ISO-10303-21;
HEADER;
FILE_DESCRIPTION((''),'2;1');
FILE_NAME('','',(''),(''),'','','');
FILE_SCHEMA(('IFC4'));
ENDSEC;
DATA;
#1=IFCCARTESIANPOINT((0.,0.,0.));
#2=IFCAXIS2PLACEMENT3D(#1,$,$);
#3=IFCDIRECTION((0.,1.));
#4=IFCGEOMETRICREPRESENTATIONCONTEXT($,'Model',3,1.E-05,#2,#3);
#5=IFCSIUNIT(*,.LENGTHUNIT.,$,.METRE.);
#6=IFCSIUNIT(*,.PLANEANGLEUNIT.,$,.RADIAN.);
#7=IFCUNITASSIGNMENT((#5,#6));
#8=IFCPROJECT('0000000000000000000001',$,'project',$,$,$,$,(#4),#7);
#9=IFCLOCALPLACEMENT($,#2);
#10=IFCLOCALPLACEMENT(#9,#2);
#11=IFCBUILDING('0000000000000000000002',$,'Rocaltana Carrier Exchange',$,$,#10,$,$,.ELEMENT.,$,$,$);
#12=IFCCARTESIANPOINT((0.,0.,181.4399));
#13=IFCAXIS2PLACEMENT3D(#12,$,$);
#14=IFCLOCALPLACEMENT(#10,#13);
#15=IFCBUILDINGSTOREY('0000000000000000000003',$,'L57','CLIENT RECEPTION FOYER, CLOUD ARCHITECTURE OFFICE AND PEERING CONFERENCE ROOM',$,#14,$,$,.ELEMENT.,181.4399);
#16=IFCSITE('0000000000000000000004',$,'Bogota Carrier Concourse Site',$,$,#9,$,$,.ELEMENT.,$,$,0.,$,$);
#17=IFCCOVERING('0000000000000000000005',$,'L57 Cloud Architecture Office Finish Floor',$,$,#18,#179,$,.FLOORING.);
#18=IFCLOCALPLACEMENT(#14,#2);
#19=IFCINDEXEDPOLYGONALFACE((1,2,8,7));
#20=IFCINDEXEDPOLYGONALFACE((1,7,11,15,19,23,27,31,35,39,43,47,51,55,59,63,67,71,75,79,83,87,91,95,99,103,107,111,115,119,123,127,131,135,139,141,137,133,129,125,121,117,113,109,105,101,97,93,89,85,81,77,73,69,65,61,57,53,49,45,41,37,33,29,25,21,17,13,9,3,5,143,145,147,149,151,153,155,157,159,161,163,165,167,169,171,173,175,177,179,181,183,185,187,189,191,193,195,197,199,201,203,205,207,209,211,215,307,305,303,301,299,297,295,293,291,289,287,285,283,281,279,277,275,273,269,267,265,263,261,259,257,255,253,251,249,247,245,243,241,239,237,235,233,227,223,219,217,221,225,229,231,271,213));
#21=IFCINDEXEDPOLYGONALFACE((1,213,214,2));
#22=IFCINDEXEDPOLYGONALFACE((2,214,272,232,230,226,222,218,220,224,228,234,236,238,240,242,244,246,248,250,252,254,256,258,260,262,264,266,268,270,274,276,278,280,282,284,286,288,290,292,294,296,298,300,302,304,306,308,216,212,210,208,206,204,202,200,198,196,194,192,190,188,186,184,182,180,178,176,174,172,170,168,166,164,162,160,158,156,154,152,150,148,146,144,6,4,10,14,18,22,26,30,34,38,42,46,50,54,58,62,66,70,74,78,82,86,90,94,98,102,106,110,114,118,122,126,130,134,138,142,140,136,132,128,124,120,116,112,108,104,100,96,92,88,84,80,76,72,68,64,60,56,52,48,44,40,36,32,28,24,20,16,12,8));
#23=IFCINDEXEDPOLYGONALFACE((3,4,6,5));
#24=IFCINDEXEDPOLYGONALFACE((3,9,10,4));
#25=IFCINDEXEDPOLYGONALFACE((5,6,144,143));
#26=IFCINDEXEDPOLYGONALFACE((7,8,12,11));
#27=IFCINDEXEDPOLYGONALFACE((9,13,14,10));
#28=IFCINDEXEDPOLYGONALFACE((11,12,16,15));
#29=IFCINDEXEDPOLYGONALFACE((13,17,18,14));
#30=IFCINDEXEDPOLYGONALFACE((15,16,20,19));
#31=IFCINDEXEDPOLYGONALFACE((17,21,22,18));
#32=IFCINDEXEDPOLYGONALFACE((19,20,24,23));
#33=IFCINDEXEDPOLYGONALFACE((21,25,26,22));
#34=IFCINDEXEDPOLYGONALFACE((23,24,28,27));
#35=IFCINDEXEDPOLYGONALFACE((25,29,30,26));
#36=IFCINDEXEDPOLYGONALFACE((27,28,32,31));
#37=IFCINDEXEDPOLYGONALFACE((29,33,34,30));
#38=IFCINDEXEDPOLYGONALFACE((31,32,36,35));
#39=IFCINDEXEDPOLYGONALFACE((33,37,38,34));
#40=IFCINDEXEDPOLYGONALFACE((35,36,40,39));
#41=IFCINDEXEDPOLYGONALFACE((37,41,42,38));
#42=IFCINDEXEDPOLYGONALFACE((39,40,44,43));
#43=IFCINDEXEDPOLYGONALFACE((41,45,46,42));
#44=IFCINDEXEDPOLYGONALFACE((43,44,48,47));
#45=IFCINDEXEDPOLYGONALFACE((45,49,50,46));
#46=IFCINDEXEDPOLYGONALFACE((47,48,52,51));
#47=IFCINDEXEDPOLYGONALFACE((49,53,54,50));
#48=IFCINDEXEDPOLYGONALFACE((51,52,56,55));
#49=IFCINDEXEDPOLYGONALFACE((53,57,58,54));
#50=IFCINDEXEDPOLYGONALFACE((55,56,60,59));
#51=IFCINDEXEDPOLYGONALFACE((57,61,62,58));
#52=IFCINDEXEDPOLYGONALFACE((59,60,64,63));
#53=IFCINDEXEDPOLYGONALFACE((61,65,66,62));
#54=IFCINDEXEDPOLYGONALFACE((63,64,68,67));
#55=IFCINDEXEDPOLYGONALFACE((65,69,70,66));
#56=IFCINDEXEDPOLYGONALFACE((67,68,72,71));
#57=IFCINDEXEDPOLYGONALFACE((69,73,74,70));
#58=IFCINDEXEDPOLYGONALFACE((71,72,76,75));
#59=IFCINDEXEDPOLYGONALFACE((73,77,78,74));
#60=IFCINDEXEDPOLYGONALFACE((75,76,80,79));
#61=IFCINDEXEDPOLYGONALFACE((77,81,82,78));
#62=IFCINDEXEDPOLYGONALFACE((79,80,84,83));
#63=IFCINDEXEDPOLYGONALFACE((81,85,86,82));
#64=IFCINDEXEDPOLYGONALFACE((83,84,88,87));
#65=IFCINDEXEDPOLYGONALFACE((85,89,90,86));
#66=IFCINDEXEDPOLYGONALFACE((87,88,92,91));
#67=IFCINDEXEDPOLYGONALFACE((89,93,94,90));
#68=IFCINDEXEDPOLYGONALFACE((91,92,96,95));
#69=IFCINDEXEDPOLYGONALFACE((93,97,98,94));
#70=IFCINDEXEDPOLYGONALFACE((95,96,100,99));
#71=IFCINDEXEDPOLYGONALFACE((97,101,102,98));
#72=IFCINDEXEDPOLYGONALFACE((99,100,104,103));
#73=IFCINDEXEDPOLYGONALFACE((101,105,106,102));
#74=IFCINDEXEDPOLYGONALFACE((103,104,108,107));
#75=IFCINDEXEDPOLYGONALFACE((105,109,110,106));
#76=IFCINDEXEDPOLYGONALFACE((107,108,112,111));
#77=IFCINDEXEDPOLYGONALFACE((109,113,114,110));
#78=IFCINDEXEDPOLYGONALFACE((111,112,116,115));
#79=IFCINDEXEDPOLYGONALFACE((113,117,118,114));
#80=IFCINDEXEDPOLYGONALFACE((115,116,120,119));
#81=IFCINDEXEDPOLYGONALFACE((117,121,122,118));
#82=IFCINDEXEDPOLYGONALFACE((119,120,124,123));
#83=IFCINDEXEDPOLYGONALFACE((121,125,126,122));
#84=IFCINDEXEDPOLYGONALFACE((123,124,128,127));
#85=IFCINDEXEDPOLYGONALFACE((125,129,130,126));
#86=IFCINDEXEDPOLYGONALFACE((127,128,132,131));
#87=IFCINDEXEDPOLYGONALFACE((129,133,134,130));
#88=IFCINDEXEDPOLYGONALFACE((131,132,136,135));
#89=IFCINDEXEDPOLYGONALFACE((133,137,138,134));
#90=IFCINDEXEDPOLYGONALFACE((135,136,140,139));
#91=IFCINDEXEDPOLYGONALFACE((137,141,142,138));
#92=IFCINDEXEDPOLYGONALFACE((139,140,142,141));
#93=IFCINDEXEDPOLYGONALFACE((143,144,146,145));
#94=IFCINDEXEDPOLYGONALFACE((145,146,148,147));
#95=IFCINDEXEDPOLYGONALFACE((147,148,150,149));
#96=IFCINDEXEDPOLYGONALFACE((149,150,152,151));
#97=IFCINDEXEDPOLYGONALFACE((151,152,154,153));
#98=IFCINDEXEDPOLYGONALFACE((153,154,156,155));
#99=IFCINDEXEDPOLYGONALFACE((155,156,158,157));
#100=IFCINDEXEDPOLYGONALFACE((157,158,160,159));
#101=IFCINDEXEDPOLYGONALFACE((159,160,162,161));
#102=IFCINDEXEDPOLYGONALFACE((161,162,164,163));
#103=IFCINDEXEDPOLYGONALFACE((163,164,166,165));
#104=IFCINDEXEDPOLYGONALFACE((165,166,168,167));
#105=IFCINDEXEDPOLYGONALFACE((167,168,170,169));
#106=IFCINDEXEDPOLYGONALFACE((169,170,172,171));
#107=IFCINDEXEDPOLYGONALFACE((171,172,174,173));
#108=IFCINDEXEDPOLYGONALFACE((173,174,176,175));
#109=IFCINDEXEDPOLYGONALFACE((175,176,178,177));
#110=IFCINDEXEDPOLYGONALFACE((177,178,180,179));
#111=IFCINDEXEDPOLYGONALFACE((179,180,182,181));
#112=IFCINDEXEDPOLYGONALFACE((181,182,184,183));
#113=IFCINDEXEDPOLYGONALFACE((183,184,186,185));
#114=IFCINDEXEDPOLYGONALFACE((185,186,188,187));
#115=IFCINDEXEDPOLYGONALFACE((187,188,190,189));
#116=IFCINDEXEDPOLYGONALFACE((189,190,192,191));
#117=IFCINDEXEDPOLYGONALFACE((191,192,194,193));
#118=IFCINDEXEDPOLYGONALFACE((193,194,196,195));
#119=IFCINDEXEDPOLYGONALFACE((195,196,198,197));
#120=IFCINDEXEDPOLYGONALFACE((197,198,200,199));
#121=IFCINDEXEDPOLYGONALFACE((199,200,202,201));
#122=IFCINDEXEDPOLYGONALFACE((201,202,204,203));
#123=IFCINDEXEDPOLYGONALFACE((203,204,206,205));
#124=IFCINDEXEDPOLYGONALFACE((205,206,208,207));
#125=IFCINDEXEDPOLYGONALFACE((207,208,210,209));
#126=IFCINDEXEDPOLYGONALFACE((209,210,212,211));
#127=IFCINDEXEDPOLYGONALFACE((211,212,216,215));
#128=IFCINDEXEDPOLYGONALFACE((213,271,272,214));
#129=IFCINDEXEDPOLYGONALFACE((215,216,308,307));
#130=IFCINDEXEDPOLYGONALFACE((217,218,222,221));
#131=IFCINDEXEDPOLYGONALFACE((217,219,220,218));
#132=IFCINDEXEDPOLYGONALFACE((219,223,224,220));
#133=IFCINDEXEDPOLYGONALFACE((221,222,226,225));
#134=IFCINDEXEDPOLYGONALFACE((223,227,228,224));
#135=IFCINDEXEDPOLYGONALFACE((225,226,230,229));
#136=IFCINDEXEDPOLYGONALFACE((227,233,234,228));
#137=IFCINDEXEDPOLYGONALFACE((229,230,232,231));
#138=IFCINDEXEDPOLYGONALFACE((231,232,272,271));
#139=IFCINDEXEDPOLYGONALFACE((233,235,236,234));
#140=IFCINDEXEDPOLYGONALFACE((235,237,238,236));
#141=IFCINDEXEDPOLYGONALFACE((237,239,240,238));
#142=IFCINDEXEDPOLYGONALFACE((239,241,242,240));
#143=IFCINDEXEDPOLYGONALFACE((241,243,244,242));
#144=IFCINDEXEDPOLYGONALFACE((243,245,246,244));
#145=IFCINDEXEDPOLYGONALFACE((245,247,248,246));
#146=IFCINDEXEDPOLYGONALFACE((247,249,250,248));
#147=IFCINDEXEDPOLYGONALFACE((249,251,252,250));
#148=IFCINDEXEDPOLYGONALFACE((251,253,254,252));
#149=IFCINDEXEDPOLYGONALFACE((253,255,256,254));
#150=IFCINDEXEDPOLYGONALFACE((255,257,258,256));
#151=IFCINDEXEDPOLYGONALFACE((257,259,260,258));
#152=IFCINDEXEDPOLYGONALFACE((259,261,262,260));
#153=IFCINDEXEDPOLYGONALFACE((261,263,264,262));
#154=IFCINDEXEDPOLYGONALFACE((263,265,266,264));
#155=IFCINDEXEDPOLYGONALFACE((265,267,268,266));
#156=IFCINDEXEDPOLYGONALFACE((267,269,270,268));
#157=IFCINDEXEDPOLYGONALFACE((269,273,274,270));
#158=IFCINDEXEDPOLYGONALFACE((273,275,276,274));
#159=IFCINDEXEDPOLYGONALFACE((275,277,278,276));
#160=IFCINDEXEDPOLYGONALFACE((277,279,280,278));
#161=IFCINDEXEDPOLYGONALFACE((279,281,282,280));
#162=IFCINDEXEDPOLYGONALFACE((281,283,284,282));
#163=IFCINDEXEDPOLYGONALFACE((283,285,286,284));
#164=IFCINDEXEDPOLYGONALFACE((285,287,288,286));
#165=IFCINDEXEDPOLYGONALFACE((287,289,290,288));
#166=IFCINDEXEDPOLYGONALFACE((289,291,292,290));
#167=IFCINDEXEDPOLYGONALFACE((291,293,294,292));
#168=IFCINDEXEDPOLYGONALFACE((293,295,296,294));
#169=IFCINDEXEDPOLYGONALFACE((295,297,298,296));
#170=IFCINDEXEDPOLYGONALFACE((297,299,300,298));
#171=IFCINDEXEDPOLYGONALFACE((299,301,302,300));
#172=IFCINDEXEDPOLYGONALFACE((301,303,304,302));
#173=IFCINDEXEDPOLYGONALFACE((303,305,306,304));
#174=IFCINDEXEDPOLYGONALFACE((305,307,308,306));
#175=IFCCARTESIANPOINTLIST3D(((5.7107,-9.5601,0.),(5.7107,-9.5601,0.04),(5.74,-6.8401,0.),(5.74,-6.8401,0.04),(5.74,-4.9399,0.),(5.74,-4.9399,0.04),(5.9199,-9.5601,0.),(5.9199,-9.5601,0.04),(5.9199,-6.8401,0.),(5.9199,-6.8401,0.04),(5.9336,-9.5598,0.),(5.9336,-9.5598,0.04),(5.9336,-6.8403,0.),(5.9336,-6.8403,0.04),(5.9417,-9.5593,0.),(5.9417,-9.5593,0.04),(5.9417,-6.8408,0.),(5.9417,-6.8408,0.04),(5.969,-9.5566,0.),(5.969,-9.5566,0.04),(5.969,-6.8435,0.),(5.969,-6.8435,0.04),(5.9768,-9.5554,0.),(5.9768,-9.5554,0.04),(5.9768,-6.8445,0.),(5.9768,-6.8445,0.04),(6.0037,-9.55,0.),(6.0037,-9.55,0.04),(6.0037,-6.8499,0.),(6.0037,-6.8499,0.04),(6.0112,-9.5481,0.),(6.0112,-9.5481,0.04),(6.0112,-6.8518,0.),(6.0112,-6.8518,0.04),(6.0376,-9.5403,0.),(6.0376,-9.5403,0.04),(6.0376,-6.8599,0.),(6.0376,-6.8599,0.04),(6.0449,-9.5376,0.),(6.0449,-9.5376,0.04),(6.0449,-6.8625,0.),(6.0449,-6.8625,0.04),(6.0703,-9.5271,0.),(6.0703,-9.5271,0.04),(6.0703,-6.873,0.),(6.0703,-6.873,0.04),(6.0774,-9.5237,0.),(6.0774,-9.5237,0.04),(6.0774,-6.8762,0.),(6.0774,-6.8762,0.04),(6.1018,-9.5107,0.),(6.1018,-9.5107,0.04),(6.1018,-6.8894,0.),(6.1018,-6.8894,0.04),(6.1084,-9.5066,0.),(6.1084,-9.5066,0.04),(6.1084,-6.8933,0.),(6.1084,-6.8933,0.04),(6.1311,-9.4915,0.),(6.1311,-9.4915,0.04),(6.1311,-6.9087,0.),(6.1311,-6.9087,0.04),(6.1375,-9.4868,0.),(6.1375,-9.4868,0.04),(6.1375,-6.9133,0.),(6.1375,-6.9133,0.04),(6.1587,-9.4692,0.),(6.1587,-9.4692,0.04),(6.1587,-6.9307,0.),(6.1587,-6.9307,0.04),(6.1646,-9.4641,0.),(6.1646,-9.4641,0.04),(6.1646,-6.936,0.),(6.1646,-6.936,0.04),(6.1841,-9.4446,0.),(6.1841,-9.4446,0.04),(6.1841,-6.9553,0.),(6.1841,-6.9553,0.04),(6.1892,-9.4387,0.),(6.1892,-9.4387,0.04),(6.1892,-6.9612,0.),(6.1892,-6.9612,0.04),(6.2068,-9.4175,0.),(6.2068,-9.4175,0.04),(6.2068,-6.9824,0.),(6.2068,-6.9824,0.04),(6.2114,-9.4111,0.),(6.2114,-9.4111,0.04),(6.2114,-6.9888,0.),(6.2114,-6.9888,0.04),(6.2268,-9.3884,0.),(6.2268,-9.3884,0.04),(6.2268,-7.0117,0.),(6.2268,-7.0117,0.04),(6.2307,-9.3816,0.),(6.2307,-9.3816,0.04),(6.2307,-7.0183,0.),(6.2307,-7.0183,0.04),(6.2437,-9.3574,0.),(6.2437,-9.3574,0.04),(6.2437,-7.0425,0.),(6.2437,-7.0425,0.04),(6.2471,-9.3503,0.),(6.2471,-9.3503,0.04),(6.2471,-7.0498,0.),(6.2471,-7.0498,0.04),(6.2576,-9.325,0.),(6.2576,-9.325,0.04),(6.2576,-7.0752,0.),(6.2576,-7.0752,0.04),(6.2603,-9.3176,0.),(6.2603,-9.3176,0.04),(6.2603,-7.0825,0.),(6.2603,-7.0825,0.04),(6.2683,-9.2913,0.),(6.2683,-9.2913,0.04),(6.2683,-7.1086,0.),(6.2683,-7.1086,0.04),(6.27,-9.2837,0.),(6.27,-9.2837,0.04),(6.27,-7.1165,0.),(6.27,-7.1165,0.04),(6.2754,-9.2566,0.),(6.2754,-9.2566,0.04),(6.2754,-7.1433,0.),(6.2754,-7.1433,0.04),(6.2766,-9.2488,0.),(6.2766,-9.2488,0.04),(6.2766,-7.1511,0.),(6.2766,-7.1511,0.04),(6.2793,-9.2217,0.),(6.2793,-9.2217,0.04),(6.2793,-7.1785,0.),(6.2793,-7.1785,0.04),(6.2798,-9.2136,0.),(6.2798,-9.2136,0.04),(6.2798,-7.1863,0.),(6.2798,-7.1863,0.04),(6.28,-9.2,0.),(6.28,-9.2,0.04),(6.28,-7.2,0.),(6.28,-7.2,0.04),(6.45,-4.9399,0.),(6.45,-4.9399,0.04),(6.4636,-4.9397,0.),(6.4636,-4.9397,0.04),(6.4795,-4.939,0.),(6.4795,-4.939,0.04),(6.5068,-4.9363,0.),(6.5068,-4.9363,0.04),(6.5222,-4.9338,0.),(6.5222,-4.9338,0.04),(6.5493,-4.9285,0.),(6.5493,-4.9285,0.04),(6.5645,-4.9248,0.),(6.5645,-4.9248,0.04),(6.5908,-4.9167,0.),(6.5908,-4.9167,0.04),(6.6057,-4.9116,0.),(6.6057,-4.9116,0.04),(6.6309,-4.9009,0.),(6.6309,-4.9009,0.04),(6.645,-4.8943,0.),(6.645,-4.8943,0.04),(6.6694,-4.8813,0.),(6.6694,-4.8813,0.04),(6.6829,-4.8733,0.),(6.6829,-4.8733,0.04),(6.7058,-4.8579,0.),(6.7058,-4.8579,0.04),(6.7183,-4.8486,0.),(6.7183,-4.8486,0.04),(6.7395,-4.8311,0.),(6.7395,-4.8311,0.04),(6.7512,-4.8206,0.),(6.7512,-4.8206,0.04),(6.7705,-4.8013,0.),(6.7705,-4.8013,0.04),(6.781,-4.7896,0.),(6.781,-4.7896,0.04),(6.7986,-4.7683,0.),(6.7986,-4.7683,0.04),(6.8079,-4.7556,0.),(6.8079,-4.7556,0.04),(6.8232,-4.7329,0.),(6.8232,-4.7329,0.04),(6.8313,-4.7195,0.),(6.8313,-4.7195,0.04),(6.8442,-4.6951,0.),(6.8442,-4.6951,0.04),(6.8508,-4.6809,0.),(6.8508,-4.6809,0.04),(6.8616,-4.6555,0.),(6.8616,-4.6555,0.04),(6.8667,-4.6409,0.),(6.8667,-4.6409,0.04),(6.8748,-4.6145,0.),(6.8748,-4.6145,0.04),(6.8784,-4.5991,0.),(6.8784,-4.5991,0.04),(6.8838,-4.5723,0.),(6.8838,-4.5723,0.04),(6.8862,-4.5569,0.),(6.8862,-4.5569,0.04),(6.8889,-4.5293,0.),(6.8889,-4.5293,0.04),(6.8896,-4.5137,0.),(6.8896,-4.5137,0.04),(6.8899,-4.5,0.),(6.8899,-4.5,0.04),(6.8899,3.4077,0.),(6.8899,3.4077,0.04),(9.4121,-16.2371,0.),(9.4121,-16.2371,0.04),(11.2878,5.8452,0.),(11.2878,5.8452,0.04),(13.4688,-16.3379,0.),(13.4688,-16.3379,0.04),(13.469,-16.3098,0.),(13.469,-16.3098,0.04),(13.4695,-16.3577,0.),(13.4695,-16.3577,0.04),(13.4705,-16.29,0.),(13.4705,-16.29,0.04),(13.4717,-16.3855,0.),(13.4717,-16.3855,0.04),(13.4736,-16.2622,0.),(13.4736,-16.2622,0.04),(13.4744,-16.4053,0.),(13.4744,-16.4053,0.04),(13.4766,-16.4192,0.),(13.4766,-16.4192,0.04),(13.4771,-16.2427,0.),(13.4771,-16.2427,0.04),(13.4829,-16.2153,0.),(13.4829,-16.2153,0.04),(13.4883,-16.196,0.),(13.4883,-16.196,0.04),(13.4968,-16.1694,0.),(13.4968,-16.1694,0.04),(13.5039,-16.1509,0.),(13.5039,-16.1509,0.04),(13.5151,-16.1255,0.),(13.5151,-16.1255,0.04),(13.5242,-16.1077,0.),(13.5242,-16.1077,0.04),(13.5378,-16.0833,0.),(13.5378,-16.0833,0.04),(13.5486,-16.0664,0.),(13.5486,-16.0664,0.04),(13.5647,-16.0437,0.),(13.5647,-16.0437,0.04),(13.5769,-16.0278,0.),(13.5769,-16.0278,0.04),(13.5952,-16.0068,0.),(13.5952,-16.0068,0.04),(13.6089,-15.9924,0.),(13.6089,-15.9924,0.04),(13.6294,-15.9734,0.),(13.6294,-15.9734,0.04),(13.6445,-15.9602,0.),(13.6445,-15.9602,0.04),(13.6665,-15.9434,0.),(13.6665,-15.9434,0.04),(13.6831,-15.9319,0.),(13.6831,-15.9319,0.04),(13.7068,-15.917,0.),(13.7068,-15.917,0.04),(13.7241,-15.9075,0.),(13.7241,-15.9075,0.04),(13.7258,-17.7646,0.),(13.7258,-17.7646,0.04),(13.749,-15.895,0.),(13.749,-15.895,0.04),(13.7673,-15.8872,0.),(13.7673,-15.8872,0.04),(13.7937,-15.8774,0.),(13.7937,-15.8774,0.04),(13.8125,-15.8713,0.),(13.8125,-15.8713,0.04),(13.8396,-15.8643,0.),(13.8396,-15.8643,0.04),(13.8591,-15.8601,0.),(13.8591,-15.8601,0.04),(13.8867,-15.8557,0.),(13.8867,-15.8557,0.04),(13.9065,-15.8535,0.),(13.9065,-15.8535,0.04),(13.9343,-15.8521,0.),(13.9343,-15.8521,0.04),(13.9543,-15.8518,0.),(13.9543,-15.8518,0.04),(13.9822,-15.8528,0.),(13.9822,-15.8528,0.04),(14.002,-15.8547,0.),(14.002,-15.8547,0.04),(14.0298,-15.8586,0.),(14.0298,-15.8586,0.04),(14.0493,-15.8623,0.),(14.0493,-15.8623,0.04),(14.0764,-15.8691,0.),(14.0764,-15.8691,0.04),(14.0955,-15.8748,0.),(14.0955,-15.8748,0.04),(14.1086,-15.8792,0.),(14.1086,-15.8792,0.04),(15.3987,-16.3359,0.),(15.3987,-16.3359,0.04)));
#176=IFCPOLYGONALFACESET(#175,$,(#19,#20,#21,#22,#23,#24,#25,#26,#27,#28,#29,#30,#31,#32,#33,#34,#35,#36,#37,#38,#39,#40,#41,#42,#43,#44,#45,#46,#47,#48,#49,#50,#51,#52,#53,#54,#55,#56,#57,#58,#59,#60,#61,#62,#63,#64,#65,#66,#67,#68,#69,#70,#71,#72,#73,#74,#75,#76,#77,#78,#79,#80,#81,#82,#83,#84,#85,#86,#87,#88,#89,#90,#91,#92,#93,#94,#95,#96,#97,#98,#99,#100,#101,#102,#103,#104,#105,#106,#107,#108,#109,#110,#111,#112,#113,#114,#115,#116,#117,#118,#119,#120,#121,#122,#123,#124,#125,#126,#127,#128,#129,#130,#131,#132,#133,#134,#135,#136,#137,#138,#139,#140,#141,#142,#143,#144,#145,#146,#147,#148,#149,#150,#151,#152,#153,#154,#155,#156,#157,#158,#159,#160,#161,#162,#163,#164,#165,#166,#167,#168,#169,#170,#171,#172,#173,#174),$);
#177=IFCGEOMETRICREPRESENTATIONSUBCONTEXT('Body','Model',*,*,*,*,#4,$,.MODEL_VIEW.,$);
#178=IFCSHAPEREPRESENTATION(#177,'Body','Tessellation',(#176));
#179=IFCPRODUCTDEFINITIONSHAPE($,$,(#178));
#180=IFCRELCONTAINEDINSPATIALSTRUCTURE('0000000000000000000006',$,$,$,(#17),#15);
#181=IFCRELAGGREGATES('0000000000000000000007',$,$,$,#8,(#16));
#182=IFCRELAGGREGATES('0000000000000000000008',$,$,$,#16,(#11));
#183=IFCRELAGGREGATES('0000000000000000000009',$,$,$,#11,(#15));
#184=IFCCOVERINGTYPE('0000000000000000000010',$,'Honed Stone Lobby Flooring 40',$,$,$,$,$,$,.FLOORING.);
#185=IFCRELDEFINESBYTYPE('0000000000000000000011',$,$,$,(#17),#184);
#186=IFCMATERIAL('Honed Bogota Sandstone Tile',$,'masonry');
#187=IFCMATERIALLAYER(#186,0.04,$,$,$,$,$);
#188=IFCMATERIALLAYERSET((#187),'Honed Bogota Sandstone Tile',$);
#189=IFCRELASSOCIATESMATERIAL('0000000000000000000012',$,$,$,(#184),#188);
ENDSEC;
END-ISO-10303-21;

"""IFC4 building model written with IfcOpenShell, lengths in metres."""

from ifc_helpers import new_model, si_unit, direction, frame, origin, place, context, subcontext, project, spatial, polyline, outline, extrude, material, layer, layer_set, type_object, element, save


model = new_model("IFC4")

# Units and contexts
model_context = context("Model", 3, precision=1e-05, world=origin(), true_north=direction((0.0, 1.0)))
body_context = subcontext(model_context, "Body", "Model", "MODEL_VIEW")
ifc_project = project(units=[si_unit("LENGTHUNIT", "METRE"), si_unit("PLANEANGLEUNIT", "RADIAN")], contexts=[model_context])

# Site, building, storey
site_placement = place(None, origin())
site = spatial("IfcSite", under=ifc_project, at=site_placement, Name="Bogota Carrier Concourse Site", CompositionType="ELEMENT", RefElevation=0.0)
building_placement = place(site_placement, origin())
building = spatial("IfcBuilding", under=site, at=building_placement, Name="Rocaltana Carrier Exchange", CompositionType="ELEMENT")
storey_placement = place(building_placement, frame((0.0, 0.0, 181.4399)))
storey = spatial("IfcBuildingStorey", under=building, at=storey_placement, Name="L57", Description="CLIENT RECEPTION FOYER, CLOUD ARCHITECTURE OFFICE AND PEERING CONFERENCE ROOM", CompositionType="ELEMENT", Elevation=181.4399)

# Covering
ifc_material_1 = material(Name="Honed Bogota Sandstone Tile", Category="masonry")
ifc_layer_1 = layer(ifc_material_1, 0.04)
ifc_layer_set_1 = layer_set([ifc_layer_1], Name="Honed Bogota Sandstone Tile")
covering_type_1 = type_object("IfcCoveringType", Name="Honed Stone Lobby Flooring 40", PredefinedType="FLOORING", material=ifc_layer_set_1)
covering_1_placement = place(storey_placement, origin())
element("IfcCovering", 1, at=covering_1_placement, inside=storey, type_object=covering_type_1, Name="L57 Cloud Architecture Office Finish Floor", PredefinedType="FLOORING", context=body_context, shape_type="SweptSolid", body=[
    extrude(outline(polyline([(5.74, -6.8401), (5.74, -4.9399), (6.45, -4.9399), (6.4636, -4.9397), (6.4795, -4.939), (6.5068, -4.9363), (6.5222, -4.9338), (6.5493, -4.9285), (6.5645, -4.9248), (6.5908, -4.9167), (6.6057, -4.9116), (6.6309, -4.9009), (6.645, -4.8943), (6.6694, -4.8813), (6.6829, -4.8733), (6.7058, -4.8579), (6.7183, -4.8486), (6.7395, -4.8311), (6.7512, -4.8206), (6.7705, -4.8013), (6.781, -4.7896), (6.7986, -4.7683), (6.8079, -4.7556), (6.8232, -4.7329), (6.8313, -4.7195), (6.8442, -4.6951), (6.8508, -4.6809), (6.8616, -4.6555), (6.8667, -4.6409), (6.8748, -4.6145), (6.8784, -4.5991), (6.8838, -4.5723), (6.8862, -4.5569), (6.8889, -4.5293), (6.8896, -4.5137), (6.8899, -4.5), (6.8899, 3.4077), (11.2878, 5.8452), (15.3987, -16.3359), (14.1086, -15.8792), (14.0955, -15.8748), (14.0764, -15.8691), (14.0493, -15.8623), (14.0298, -15.8586), (14.002, -15.8547), (13.9822, -15.8528), (13.9543, -15.8518), (13.9343, -15.8521), (13.9065, -15.8535), (13.8867, -15.8557), (13.8591, -15.8601), (13.8396, -15.8643), (13.8125, -15.8713), (13.7937, -15.8774), (13.7673, -15.8872), (13.749, -15.895), (13.7241, -15.9075), (13.7068, -15.917), (13.6831, -15.9319), (13.6665, -15.9434), (13.6445, -15.9602), (13.6294, -15.9734), (13.6089, -15.9924), (13.5952, -16.0068), (13.5769, -16.0278), (13.5647, -16.0437), (13.5486, -16.0664), (13.5378, -16.0833), (13.5242, -16.1077), (13.5151, -16.1255), (13.5039, -16.1509), (13.4968, -16.1694), (13.4883, -16.196), (13.4829, -16.2153), (13.4771, -16.2427), (13.4736, -16.2622), (13.4705, -16.29), (13.469, -16.3098), (13.4688, -16.3379), (13.4695, -16.3577), (13.4717, -16.3855), (13.4744, -16.4053), (13.4766, -16.4192), (13.7258, -17.7646), (9.4121, -16.2371), (5.7107, -9.5601), (5.9199, -9.5601), (5.9336, -9.5598), (5.9417, -9.5593), (5.969, -9.5566), (5.9768, -9.5554), (6.0037, -9.55), (6.0112, -9.5481), (6.0376, -9.5403), (6.0449, -9.5376), (6.0703, -9.5271), (6.0774, -9.5237), (6.1018, -9.5107), (6.1084, -9.5066), (6.1311, -9.4915), (6.1375, -9.4868), (6.1587, -9.4692), (6.1646, -9.4641), (6.1841, -9.4446), (6.1892, -9.4387), (6.2068, -9.4175), (6.2114, -9.4111), (6.2268, -9.3884), (6.2307, -9.3816), (6.2437, -9.3574), (6.2471, -9.3503), (6.2576, -9.325), (6.2603, -9.3176), (6.2683, -9.2913), (6.27, -9.2837), (6.2754, -9.2566), (6.2766, -9.2488), (6.2793, -9.2217), (6.2798, -9.2136), (6.28, -9.2), (6.28, -7.2), (6.2798, -7.1863), (6.2793, -7.1785), (6.2766, -7.1511), (6.2754, -7.1433), (6.27, -7.1165), (6.2683, -7.1086), (6.2603, -7.0825), (6.2576, -7.0752), (6.2471, -7.0498), (6.2437, -7.0425), (6.2307, -7.0183), (6.2268, -7.0117), (6.2114, -6.9888), (6.2068, -6.9824), (6.1892, -6.9612), (6.1841, -6.9553), (6.1646, -6.936), (6.1587, -6.9307), (6.1375, -6.9133), (6.1311, -6.9087), (6.1084, -6.8933), (6.1018, -6.8894), (6.0774, -6.8762), (6.0703, -6.873), (6.0449, -6.8625), (6.0376, -6.8599), (6.0112, -6.8518), (6.0037, -6.8499), (5.9768, -6.8445), (5.969, -6.8435), (5.9417, -6.8408), (5.9336, -6.8403), (5.9199, -6.8401), (5.74, -6.8401)])), origin(), (0.0, 0.0, 1.0), 0.04),
])

save(model, "model.ifc")
